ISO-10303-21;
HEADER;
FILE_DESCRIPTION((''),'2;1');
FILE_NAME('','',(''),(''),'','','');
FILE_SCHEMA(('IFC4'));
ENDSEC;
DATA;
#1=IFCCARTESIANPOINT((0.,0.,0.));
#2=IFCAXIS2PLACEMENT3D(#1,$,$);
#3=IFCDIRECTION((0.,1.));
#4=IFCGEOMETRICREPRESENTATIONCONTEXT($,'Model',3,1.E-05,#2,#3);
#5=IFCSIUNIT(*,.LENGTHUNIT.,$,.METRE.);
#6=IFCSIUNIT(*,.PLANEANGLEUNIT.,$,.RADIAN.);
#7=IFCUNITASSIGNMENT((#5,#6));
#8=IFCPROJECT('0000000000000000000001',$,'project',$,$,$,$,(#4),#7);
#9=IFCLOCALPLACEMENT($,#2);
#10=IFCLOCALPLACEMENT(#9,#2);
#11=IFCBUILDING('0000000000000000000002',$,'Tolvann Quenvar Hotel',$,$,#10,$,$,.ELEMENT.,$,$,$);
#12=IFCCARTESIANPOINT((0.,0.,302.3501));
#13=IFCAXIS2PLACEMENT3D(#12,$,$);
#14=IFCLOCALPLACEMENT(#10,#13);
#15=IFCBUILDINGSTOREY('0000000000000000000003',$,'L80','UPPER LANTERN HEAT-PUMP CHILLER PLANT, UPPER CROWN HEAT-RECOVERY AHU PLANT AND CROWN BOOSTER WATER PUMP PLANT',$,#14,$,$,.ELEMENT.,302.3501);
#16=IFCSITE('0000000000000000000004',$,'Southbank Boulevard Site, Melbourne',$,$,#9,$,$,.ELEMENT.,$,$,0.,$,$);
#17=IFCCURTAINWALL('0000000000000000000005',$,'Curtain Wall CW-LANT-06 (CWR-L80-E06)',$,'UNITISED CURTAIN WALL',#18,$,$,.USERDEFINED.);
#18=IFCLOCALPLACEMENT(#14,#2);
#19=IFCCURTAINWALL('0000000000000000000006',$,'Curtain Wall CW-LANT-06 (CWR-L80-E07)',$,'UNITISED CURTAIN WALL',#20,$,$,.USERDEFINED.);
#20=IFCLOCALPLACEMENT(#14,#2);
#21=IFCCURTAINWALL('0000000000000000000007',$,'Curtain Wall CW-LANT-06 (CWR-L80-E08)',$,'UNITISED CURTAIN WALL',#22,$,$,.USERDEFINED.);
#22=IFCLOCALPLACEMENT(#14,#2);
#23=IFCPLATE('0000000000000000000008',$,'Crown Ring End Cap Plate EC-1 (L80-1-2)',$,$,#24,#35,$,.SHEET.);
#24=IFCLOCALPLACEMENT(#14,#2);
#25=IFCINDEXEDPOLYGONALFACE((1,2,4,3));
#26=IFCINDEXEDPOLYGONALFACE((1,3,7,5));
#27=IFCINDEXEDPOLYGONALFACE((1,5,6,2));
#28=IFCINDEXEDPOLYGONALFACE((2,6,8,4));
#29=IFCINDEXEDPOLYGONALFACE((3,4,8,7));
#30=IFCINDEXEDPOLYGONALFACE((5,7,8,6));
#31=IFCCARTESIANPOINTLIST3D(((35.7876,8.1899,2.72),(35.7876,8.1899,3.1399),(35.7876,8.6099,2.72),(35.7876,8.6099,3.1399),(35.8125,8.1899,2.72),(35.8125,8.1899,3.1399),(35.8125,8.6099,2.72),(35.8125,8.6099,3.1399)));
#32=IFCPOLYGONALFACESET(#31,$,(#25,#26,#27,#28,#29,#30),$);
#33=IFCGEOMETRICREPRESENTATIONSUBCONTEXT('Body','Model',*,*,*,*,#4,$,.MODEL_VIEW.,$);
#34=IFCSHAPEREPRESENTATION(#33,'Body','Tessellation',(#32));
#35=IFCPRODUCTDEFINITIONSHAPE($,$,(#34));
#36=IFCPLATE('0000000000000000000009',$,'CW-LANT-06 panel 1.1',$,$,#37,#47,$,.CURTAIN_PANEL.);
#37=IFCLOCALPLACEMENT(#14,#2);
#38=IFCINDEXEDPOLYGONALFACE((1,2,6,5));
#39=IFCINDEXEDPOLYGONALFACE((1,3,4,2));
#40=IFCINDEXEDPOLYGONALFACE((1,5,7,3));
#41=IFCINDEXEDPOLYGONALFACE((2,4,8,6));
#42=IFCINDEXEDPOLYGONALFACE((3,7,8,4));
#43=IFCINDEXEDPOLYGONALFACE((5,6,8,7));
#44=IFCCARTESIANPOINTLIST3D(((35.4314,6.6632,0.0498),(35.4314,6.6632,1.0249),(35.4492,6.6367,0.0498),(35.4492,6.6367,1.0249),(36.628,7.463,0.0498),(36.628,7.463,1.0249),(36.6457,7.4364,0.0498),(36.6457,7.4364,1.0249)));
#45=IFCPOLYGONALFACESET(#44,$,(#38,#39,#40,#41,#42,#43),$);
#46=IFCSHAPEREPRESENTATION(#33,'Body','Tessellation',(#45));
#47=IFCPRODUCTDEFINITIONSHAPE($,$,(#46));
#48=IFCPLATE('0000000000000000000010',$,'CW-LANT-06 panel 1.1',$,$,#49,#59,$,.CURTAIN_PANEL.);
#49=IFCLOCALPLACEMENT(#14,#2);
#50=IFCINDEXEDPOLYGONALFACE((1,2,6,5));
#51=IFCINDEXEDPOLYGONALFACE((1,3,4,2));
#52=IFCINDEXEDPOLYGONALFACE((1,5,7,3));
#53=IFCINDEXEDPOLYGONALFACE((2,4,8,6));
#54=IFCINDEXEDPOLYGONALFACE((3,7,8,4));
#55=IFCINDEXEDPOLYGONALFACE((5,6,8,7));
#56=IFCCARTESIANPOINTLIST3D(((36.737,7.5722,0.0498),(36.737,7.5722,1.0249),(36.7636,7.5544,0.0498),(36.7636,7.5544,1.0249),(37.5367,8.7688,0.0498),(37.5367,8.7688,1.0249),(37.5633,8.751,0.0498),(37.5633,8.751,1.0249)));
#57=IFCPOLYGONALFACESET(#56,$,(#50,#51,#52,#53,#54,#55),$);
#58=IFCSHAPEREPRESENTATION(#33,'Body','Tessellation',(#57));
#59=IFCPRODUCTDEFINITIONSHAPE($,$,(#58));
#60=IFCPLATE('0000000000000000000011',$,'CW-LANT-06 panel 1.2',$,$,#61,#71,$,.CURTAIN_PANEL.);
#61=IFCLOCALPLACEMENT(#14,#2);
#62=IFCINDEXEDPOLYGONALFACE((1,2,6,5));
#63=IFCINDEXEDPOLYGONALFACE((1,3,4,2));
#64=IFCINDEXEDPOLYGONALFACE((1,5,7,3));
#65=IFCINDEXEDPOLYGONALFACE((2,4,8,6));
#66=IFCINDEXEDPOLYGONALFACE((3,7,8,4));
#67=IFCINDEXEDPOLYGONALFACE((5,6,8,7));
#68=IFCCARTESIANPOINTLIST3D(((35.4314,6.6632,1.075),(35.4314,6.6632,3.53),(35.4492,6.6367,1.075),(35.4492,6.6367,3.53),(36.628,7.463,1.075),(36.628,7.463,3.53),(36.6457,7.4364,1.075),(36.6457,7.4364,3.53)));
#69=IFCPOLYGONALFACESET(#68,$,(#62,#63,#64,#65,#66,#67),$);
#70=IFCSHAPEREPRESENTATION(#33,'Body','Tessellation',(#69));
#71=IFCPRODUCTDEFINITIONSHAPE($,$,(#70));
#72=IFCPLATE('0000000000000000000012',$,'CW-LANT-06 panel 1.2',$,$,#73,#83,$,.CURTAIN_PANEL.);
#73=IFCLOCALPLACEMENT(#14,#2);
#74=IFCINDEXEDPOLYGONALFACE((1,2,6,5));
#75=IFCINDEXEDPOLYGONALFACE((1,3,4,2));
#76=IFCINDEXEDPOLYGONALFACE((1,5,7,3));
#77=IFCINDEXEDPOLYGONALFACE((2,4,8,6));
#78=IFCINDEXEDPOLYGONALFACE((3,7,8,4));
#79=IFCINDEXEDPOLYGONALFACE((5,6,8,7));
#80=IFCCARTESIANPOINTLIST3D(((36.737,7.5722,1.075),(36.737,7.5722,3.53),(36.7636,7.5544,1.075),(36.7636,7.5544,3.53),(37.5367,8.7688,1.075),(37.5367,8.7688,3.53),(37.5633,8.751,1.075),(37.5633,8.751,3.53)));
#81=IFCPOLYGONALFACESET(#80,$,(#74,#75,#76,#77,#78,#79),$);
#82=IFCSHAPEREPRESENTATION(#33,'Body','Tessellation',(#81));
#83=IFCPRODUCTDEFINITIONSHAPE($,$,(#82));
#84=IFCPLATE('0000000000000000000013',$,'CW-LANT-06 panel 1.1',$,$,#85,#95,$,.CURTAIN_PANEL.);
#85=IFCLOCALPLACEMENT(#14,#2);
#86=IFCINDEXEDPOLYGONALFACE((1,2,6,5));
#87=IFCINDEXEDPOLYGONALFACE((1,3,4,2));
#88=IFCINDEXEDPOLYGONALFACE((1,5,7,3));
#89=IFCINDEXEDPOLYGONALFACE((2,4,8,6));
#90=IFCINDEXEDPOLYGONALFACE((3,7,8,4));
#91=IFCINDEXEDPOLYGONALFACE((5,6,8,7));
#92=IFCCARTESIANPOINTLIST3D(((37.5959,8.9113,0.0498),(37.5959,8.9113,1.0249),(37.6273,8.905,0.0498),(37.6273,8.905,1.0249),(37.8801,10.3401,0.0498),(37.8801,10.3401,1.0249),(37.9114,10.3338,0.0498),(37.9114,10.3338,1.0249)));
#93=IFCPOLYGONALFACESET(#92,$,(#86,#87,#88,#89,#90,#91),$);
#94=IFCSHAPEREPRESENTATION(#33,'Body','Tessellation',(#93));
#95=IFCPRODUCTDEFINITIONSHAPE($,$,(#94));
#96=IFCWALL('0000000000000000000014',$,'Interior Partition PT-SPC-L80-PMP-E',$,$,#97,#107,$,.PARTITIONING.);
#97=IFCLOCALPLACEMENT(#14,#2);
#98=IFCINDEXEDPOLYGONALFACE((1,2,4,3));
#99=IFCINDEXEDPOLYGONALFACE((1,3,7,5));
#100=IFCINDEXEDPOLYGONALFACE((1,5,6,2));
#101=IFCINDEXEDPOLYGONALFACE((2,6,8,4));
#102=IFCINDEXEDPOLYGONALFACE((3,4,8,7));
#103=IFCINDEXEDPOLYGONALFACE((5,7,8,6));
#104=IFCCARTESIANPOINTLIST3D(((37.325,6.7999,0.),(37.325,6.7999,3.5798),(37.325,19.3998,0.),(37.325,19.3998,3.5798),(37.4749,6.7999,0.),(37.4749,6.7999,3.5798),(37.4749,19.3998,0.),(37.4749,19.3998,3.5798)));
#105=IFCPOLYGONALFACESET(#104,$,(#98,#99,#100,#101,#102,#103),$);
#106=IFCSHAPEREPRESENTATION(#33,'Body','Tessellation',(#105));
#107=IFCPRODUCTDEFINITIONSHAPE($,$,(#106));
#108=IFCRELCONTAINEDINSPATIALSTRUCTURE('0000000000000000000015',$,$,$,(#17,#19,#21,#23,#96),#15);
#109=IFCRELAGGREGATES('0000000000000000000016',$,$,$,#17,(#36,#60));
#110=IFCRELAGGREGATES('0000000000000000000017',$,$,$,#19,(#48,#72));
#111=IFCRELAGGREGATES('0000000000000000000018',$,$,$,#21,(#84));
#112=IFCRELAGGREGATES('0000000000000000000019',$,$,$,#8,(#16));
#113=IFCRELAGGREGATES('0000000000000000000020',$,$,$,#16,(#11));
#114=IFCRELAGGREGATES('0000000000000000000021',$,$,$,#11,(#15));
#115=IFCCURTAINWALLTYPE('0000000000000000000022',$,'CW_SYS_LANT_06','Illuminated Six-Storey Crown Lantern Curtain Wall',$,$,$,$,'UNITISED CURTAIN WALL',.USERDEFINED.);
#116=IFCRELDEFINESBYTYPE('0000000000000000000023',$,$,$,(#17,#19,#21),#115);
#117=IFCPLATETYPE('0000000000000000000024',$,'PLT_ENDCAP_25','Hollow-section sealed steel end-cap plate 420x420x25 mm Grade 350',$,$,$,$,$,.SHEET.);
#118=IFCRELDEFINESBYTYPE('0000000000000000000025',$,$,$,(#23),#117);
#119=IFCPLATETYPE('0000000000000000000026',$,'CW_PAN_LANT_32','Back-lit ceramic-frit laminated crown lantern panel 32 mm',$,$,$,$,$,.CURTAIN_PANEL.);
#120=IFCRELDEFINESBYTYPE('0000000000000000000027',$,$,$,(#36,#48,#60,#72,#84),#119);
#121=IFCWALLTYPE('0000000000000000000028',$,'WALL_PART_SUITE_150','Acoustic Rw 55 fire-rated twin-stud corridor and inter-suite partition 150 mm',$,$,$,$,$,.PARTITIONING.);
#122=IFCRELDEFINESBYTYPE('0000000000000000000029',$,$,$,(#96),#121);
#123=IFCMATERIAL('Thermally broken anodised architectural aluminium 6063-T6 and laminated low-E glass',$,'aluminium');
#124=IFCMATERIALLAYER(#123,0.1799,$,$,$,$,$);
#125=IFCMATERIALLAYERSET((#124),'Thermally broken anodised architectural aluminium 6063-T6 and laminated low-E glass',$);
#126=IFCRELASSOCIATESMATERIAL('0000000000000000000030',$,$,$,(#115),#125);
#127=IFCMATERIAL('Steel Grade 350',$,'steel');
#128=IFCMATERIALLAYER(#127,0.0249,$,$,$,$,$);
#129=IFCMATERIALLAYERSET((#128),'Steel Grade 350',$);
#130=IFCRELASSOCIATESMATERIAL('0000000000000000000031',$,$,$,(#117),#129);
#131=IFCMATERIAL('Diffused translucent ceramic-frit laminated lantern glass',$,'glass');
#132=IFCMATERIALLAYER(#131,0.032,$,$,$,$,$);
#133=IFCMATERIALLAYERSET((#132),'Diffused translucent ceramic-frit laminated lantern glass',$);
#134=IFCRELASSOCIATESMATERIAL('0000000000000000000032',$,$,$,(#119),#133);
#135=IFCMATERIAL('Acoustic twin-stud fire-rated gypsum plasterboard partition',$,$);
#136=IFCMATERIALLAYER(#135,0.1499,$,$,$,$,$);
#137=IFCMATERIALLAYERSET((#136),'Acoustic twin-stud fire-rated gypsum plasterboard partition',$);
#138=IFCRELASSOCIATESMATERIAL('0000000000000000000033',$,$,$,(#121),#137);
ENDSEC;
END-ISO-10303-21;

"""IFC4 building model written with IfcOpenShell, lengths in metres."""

from ifc_helpers import new_model, si_unit, direction, frame, frame_2d, origin, origin_2d, place, context, subcontext, project, spatial, rectangle, extrude, source, transform, mapped, material, layer, layer_set, type_object, type_shapes, element, aggregate, save


model = new_model("IFC4")

# Units and contexts
model_context = context("Model", 3, precision=1e-05, world=origin(), true_north=direction((0.0, 1.0)))
body_context = subcontext(model_context, "Body", "Model", "MODEL_VIEW")
ifc_project = project(units=[si_unit("LENGTHUNIT", "METRE"), si_unit("PLANEANGLEUNIT", "RADIAN")], contexts=[model_context])

# Site, building, storey
site_placement = place(None, origin())
site = spatial("IfcSite", under=ifc_project, at=site_placement, Name="Southbank Boulevard Site, Melbourne", CompositionType="ELEMENT", RefElevation=0.0)
building_placement = place(site_placement, origin())
building = spatial("IfcBuilding", under=site, at=building_placement, Name="Tolvann Quenvar Hotel", CompositionType="ELEMENT")
storey_placement = place(building_placement, frame((0.0, 0.0, 302.3501)))
storey = spatial("IfcBuildingStorey", under=building, at=storey_placement, Name="L80", Description="UPPER LANTERN HEAT-PUMP CHILLER PLANT, UPPER CROWN HEAT-RECOVERY AHU PLANT AND CROWN BOOSTER WATER PUMP PLANT", CompositionType="ELEMENT", Elevation=302.3501)

# Shared definitions
ifc_material_1 = material(Name="Steel Grade 350", Category="steel")

# Curtain walls
ifc_material_2 = material(Name="Thermally broken anodised architectural aluminium 6063-T6 and laminated low-E glass", Category="aluminium")
ifc_layer_1 = layer(ifc_material_2, 0.1799)
ifc_layer_set_1 = layer_set([ifc_layer_1], Name="Thermally broken anodised architectural aluminium 6063-T6 and laminated low-E glass")
curtain_wall_type = type_object("IfcCurtainWallType", Name="CW_SYS_LANT_06", Description="Illuminated Six-Storey Crown Lantern Curtain Wall", ElementType="UNITISED CURTAIN WALL", PredefinedType="USERDEFINED", material=ifc_layer_set_1)
curtain_wall_1_placement = place(storey_placement, origin())
curtain_wall_1 = element("IfcCurtainWall", 1, at=curtain_wall_1_placement, inside=storey, type_object=curtain_wall_type, Name="Curtain Wall CW-LANT-06 (CWR-L80-E06)", ObjectType="UNITISED CURTAIN WALL", PredefinedType="USERDEFINED")
curtain_wall_2_placement = place(storey_placement, origin())
curtain_wall_2 = element("IfcCurtainWall", 2, at=curtain_wall_2_placement, inside=storey, type_object=curtain_wall_type, Name="Curtain Wall CW-LANT-06 (CWR-L80-E07)", ObjectType="UNITISED CURTAIN WALL", PredefinedType="USERDEFINED")
curtain_wall_3_placement = place(storey_placement, origin())
curtain_wall_3 = element("IfcCurtainWall", 3, at=curtain_wall_3_placement, inside=storey, type_object=curtain_wall_type, Name="Curtain Wall CW-LANT-06 (CWR-L80-E08)", ObjectType="UNITISED CURTAIN WALL", PredefinedType="USERDEFINED")

# Plates
ifc_layer_2 = layer(ifc_material_1, 0.0249)
ifc_layer_set_2 = layer_set([ifc_layer_2], Name="Steel Grade 350")
plate_type_1 = type_object("IfcPlateType", Name="PLT_ENDCAP_25", Description="Hollow-section sealed steel end-cap plate 420x420x25 mm Grade 350", PredefinedType="SHEET", material=ifc_layer_set_2)
shared_shape_1 = source(origin(), body_context, "Body", "SweptSolid", [
    extrude(rectangle(XDim=0.0249, YDim=0.4199, at=origin_2d()), origin(), (0.0, 0.0, 1.0), 0.4199),
])
type_shapes(plate_type_1, [shared_shape_1])
plate_1_placement = place(storey_placement, frame((35.8, 8.3999, 2.72), z_axis=(0.0, 0.0, 1.0), x_axis=(1.0, 0.0, 0.0)))
element("IfcPlate", 4, at=plate_1_placement, inside=storey, type_object=plate_type_1, Name="Crown Ring End Cap Plate EC-1 (L80-1-2)", PredefinedType="SHEET", context=body_context, shape_type="MappedRepresentation", body=[
    mapped(shared_shape_1, transform((0.0, 0.0, 0.0), x_axis=(1.0, 0.0, 0.0), y_axis=(0.0, 1.0, 0.0), z_axis=(0.0, 0.0, 1.0), scale=1.0)),
])
ifc_material_3 = material(Name="Diffused translucent ceramic-frit laminated lantern glass", Category="glass")
ifc_layer_3 = layer(ifc_material_3, 0.032)
ifc_layer_set_3 = layer_set([ifc_layer_3], Name="Diffused translucent ceramic-frit laminated lantern glass")
plate_type_2 = type_object("IfcPlateType", Name="CW_PAN_LANT_32", Description="Back-lit ceramic-frit laminated crown lantern panel 32 mm", PredefinedType="CURTAIN_PANEL", material=ifc_layer_set_3)
shared_shape_2 = source(origin(), body_context, "Body", "SweptSolid", [
    extrude(rectangle(XDim=1.4392, YDim=0.032, at=origin_2d()), origin(), (0.0, 0.0, 1.0), 0.9751),
])
plate_2_placement = place(storey_placement, frame((36.0386, 7.0498, 0.0498), z_axis=(0.0, 0.0, 1.0), x_axis=(0.831412, 0.555656, 0.0)))
plate_2 = element("IfcPlate", 5, at=plate_2_placement, type_object=plate_type_2, Name="CW-LANT-06 panel 1.1", PredefinedType="CURTAIN_PANEL", context=body_context, shape_type="MappedRepresentation", body=[
    mapped(shared_shape_2, transform((0.0, 0.0, 0.0), x_axis=(1.0, 0.0, 0.0), y_axis=(0.0, 1.0, 0.0), z_axis=(0.0, 0.0, 1.0), scale=1.0)),
])
plate_3_placement = place(storey_placement, frame((37.1501, 8.1616, 0.0498), z_axis=(0.0, 0.0, 1.0), x_axis=(0.555656, 0.831412, 0.0)))
plate_3 = element("IfcPlate", 6, at=plate_3_placement, type_object=plate_type_2, Name="CW-LANT-06 panel 1.1", PredefinedType="CURTAIN_PANEL", context=body_context, shape_type="MappedRepresentation", body=[
    mapped(shared_shape_2, transform((0.0, 0.0, 0.0), x_axis=(1.0, 0.0, 0.0), y_axis=(0.0, 1.0, 0.0), z_axis=(0.0, 0.0, 1.0), scale=1.0)),
])
shared_shape_3 = source(origin(), body_context, "Body", "SweptSolid", [
    extrude(rectangle(XDim=1.4392, YDim=0.032, at=origin_2d()), origin(), (0.0, 0.0, 1.0), 2.4551),
])
plate_4_placement = place(storey_placement, frame((36.0386, 7.0498, 1.075), z_axis=(0.0, 0.0, 1.0), x_axis=(0.831412, 0.555656, 0.0)))
plate_4 = element("IfcPlate", 7, at=plate_4_placement, type_object=plate_type_2, Name="CW-LANT-06 panel 1.2", PredefinedType="CURTAIN_PANEL", context=body_context, shape_type="MappedRepresentation", body=[
    mapped(shared_shape_3, transform((0.0, 0.0, 0.0), x_axis=(1.0, 0.0, 0.0), y_axis=(0.0, 1.0, 0.0), z_axis=(0.0, 0.0, 1.0), scale=1.0)),
])
aggregate(curtain_wall_1, [plate_2, plate_4])
plate_5_placement = place(storey_placement, frame((37.1501, 8.1616, 1.075), z_axis=(0.0, 0.0, 1.0), x_axis=(0.555656, 0.831412, 0.0)))
plate_5 = element("IfcPlate", 8, at=plate_5_placement, type_object=plate_type_2, Name="CW-LANT-06 panel 1.2", PredefinedType="CURTAIN_PANEL", context=body_context, shape_type="MappedRepresentation", body=[
    mapped(shared_shape_3, transform((0.0, 0.0, 0.0), x_axis=(1.0, 0.0, 0.0), y_axis=(0.0, 1.0, 0.0), z_axis=(0.0, 0.0, 1.0), scale=1.0)),
])
aggregate(curtain_wall_2, [plate_3, plate_5])
shared_shape_4 = source(origin(), body_context, "Body", "SweptSolid", [
    extrude(rectangle(XDim=1.4568, YDim=0.032, at=origin_2d()), origin(), (0.0, 0.0, 1.0), 0.9751),
])
type_shapes(plate_type_2, [shared_shape_2, shared_shape_3, shared_shape_4])
plate_6_placement = place(storey_placement, frame((37.7537, 9.6226, 0.0498), z_axis=(0.0, 0.0, 1.0), x_axis=(0.195062, 0.980791, 0.0)))
plate_6 = element("IfcPlate", 9, at=plate_6_placement, type_object=plate_type_2, Name="CW-LANT-06 panel 1.1", PredefinedType="CURTAIN_PANEL", context=body_context, shape_type="MappedRepresentation", body=[
    mapped(shared_shape_4, transform((0.0, 0.0, 0.0), x_axis=(1.0, 0.0, 0.0), y_axis=(0.0, 1.0, 0.0), z_axis=(0.0, 0.0, 1.0), scale=1.0)),
])
aggregate(curtain_wall_3, [plate_6])

# Wall
ifc_material_4 = material(Name="Acoustic twin-stud fire-rated gypsum plasterboard partition")
ifc_layer_4 = layer(ifc_material_4, 0.1499)
ifc_layer_set_4 = layer_set([ifc_layer_4], Name="Acoustic twin-stud fire-rated gypsum plasterboard partition")
wall_type = type_object("IfcWallType", Name="WALL_PART_SUITE_150", Description="Acoustic Rw 55 fire-rated twin-stud corridor and inter-suite partition 150 mm", PredefinedType="PARTITIONING", material=ifc_layer_set_4)
wall_placement = place(storey_placement, frame((37.3999, 6.8, 0.0), z_axis=(0.0, 0.0, 1.0), x_axis=(0.0, 1.0, 0.0)))
element("IfcWall", 10, at=wall_placement, inside=storey, type_object=wall_type, Name="Interior Partition PT-SPC-L80-PMP-E", PredefinedType="PARTITIONING", context=body_context, shape_type="SweptSolid", body=[
    extrude(rectangle(XDim=12.5999, YDim=0.1499, at=frame_2d((6.2998, 0.0))), origin(), (0.0, 0.0, 1.0), 3.5798),
])

save(model, "model.ifc")
